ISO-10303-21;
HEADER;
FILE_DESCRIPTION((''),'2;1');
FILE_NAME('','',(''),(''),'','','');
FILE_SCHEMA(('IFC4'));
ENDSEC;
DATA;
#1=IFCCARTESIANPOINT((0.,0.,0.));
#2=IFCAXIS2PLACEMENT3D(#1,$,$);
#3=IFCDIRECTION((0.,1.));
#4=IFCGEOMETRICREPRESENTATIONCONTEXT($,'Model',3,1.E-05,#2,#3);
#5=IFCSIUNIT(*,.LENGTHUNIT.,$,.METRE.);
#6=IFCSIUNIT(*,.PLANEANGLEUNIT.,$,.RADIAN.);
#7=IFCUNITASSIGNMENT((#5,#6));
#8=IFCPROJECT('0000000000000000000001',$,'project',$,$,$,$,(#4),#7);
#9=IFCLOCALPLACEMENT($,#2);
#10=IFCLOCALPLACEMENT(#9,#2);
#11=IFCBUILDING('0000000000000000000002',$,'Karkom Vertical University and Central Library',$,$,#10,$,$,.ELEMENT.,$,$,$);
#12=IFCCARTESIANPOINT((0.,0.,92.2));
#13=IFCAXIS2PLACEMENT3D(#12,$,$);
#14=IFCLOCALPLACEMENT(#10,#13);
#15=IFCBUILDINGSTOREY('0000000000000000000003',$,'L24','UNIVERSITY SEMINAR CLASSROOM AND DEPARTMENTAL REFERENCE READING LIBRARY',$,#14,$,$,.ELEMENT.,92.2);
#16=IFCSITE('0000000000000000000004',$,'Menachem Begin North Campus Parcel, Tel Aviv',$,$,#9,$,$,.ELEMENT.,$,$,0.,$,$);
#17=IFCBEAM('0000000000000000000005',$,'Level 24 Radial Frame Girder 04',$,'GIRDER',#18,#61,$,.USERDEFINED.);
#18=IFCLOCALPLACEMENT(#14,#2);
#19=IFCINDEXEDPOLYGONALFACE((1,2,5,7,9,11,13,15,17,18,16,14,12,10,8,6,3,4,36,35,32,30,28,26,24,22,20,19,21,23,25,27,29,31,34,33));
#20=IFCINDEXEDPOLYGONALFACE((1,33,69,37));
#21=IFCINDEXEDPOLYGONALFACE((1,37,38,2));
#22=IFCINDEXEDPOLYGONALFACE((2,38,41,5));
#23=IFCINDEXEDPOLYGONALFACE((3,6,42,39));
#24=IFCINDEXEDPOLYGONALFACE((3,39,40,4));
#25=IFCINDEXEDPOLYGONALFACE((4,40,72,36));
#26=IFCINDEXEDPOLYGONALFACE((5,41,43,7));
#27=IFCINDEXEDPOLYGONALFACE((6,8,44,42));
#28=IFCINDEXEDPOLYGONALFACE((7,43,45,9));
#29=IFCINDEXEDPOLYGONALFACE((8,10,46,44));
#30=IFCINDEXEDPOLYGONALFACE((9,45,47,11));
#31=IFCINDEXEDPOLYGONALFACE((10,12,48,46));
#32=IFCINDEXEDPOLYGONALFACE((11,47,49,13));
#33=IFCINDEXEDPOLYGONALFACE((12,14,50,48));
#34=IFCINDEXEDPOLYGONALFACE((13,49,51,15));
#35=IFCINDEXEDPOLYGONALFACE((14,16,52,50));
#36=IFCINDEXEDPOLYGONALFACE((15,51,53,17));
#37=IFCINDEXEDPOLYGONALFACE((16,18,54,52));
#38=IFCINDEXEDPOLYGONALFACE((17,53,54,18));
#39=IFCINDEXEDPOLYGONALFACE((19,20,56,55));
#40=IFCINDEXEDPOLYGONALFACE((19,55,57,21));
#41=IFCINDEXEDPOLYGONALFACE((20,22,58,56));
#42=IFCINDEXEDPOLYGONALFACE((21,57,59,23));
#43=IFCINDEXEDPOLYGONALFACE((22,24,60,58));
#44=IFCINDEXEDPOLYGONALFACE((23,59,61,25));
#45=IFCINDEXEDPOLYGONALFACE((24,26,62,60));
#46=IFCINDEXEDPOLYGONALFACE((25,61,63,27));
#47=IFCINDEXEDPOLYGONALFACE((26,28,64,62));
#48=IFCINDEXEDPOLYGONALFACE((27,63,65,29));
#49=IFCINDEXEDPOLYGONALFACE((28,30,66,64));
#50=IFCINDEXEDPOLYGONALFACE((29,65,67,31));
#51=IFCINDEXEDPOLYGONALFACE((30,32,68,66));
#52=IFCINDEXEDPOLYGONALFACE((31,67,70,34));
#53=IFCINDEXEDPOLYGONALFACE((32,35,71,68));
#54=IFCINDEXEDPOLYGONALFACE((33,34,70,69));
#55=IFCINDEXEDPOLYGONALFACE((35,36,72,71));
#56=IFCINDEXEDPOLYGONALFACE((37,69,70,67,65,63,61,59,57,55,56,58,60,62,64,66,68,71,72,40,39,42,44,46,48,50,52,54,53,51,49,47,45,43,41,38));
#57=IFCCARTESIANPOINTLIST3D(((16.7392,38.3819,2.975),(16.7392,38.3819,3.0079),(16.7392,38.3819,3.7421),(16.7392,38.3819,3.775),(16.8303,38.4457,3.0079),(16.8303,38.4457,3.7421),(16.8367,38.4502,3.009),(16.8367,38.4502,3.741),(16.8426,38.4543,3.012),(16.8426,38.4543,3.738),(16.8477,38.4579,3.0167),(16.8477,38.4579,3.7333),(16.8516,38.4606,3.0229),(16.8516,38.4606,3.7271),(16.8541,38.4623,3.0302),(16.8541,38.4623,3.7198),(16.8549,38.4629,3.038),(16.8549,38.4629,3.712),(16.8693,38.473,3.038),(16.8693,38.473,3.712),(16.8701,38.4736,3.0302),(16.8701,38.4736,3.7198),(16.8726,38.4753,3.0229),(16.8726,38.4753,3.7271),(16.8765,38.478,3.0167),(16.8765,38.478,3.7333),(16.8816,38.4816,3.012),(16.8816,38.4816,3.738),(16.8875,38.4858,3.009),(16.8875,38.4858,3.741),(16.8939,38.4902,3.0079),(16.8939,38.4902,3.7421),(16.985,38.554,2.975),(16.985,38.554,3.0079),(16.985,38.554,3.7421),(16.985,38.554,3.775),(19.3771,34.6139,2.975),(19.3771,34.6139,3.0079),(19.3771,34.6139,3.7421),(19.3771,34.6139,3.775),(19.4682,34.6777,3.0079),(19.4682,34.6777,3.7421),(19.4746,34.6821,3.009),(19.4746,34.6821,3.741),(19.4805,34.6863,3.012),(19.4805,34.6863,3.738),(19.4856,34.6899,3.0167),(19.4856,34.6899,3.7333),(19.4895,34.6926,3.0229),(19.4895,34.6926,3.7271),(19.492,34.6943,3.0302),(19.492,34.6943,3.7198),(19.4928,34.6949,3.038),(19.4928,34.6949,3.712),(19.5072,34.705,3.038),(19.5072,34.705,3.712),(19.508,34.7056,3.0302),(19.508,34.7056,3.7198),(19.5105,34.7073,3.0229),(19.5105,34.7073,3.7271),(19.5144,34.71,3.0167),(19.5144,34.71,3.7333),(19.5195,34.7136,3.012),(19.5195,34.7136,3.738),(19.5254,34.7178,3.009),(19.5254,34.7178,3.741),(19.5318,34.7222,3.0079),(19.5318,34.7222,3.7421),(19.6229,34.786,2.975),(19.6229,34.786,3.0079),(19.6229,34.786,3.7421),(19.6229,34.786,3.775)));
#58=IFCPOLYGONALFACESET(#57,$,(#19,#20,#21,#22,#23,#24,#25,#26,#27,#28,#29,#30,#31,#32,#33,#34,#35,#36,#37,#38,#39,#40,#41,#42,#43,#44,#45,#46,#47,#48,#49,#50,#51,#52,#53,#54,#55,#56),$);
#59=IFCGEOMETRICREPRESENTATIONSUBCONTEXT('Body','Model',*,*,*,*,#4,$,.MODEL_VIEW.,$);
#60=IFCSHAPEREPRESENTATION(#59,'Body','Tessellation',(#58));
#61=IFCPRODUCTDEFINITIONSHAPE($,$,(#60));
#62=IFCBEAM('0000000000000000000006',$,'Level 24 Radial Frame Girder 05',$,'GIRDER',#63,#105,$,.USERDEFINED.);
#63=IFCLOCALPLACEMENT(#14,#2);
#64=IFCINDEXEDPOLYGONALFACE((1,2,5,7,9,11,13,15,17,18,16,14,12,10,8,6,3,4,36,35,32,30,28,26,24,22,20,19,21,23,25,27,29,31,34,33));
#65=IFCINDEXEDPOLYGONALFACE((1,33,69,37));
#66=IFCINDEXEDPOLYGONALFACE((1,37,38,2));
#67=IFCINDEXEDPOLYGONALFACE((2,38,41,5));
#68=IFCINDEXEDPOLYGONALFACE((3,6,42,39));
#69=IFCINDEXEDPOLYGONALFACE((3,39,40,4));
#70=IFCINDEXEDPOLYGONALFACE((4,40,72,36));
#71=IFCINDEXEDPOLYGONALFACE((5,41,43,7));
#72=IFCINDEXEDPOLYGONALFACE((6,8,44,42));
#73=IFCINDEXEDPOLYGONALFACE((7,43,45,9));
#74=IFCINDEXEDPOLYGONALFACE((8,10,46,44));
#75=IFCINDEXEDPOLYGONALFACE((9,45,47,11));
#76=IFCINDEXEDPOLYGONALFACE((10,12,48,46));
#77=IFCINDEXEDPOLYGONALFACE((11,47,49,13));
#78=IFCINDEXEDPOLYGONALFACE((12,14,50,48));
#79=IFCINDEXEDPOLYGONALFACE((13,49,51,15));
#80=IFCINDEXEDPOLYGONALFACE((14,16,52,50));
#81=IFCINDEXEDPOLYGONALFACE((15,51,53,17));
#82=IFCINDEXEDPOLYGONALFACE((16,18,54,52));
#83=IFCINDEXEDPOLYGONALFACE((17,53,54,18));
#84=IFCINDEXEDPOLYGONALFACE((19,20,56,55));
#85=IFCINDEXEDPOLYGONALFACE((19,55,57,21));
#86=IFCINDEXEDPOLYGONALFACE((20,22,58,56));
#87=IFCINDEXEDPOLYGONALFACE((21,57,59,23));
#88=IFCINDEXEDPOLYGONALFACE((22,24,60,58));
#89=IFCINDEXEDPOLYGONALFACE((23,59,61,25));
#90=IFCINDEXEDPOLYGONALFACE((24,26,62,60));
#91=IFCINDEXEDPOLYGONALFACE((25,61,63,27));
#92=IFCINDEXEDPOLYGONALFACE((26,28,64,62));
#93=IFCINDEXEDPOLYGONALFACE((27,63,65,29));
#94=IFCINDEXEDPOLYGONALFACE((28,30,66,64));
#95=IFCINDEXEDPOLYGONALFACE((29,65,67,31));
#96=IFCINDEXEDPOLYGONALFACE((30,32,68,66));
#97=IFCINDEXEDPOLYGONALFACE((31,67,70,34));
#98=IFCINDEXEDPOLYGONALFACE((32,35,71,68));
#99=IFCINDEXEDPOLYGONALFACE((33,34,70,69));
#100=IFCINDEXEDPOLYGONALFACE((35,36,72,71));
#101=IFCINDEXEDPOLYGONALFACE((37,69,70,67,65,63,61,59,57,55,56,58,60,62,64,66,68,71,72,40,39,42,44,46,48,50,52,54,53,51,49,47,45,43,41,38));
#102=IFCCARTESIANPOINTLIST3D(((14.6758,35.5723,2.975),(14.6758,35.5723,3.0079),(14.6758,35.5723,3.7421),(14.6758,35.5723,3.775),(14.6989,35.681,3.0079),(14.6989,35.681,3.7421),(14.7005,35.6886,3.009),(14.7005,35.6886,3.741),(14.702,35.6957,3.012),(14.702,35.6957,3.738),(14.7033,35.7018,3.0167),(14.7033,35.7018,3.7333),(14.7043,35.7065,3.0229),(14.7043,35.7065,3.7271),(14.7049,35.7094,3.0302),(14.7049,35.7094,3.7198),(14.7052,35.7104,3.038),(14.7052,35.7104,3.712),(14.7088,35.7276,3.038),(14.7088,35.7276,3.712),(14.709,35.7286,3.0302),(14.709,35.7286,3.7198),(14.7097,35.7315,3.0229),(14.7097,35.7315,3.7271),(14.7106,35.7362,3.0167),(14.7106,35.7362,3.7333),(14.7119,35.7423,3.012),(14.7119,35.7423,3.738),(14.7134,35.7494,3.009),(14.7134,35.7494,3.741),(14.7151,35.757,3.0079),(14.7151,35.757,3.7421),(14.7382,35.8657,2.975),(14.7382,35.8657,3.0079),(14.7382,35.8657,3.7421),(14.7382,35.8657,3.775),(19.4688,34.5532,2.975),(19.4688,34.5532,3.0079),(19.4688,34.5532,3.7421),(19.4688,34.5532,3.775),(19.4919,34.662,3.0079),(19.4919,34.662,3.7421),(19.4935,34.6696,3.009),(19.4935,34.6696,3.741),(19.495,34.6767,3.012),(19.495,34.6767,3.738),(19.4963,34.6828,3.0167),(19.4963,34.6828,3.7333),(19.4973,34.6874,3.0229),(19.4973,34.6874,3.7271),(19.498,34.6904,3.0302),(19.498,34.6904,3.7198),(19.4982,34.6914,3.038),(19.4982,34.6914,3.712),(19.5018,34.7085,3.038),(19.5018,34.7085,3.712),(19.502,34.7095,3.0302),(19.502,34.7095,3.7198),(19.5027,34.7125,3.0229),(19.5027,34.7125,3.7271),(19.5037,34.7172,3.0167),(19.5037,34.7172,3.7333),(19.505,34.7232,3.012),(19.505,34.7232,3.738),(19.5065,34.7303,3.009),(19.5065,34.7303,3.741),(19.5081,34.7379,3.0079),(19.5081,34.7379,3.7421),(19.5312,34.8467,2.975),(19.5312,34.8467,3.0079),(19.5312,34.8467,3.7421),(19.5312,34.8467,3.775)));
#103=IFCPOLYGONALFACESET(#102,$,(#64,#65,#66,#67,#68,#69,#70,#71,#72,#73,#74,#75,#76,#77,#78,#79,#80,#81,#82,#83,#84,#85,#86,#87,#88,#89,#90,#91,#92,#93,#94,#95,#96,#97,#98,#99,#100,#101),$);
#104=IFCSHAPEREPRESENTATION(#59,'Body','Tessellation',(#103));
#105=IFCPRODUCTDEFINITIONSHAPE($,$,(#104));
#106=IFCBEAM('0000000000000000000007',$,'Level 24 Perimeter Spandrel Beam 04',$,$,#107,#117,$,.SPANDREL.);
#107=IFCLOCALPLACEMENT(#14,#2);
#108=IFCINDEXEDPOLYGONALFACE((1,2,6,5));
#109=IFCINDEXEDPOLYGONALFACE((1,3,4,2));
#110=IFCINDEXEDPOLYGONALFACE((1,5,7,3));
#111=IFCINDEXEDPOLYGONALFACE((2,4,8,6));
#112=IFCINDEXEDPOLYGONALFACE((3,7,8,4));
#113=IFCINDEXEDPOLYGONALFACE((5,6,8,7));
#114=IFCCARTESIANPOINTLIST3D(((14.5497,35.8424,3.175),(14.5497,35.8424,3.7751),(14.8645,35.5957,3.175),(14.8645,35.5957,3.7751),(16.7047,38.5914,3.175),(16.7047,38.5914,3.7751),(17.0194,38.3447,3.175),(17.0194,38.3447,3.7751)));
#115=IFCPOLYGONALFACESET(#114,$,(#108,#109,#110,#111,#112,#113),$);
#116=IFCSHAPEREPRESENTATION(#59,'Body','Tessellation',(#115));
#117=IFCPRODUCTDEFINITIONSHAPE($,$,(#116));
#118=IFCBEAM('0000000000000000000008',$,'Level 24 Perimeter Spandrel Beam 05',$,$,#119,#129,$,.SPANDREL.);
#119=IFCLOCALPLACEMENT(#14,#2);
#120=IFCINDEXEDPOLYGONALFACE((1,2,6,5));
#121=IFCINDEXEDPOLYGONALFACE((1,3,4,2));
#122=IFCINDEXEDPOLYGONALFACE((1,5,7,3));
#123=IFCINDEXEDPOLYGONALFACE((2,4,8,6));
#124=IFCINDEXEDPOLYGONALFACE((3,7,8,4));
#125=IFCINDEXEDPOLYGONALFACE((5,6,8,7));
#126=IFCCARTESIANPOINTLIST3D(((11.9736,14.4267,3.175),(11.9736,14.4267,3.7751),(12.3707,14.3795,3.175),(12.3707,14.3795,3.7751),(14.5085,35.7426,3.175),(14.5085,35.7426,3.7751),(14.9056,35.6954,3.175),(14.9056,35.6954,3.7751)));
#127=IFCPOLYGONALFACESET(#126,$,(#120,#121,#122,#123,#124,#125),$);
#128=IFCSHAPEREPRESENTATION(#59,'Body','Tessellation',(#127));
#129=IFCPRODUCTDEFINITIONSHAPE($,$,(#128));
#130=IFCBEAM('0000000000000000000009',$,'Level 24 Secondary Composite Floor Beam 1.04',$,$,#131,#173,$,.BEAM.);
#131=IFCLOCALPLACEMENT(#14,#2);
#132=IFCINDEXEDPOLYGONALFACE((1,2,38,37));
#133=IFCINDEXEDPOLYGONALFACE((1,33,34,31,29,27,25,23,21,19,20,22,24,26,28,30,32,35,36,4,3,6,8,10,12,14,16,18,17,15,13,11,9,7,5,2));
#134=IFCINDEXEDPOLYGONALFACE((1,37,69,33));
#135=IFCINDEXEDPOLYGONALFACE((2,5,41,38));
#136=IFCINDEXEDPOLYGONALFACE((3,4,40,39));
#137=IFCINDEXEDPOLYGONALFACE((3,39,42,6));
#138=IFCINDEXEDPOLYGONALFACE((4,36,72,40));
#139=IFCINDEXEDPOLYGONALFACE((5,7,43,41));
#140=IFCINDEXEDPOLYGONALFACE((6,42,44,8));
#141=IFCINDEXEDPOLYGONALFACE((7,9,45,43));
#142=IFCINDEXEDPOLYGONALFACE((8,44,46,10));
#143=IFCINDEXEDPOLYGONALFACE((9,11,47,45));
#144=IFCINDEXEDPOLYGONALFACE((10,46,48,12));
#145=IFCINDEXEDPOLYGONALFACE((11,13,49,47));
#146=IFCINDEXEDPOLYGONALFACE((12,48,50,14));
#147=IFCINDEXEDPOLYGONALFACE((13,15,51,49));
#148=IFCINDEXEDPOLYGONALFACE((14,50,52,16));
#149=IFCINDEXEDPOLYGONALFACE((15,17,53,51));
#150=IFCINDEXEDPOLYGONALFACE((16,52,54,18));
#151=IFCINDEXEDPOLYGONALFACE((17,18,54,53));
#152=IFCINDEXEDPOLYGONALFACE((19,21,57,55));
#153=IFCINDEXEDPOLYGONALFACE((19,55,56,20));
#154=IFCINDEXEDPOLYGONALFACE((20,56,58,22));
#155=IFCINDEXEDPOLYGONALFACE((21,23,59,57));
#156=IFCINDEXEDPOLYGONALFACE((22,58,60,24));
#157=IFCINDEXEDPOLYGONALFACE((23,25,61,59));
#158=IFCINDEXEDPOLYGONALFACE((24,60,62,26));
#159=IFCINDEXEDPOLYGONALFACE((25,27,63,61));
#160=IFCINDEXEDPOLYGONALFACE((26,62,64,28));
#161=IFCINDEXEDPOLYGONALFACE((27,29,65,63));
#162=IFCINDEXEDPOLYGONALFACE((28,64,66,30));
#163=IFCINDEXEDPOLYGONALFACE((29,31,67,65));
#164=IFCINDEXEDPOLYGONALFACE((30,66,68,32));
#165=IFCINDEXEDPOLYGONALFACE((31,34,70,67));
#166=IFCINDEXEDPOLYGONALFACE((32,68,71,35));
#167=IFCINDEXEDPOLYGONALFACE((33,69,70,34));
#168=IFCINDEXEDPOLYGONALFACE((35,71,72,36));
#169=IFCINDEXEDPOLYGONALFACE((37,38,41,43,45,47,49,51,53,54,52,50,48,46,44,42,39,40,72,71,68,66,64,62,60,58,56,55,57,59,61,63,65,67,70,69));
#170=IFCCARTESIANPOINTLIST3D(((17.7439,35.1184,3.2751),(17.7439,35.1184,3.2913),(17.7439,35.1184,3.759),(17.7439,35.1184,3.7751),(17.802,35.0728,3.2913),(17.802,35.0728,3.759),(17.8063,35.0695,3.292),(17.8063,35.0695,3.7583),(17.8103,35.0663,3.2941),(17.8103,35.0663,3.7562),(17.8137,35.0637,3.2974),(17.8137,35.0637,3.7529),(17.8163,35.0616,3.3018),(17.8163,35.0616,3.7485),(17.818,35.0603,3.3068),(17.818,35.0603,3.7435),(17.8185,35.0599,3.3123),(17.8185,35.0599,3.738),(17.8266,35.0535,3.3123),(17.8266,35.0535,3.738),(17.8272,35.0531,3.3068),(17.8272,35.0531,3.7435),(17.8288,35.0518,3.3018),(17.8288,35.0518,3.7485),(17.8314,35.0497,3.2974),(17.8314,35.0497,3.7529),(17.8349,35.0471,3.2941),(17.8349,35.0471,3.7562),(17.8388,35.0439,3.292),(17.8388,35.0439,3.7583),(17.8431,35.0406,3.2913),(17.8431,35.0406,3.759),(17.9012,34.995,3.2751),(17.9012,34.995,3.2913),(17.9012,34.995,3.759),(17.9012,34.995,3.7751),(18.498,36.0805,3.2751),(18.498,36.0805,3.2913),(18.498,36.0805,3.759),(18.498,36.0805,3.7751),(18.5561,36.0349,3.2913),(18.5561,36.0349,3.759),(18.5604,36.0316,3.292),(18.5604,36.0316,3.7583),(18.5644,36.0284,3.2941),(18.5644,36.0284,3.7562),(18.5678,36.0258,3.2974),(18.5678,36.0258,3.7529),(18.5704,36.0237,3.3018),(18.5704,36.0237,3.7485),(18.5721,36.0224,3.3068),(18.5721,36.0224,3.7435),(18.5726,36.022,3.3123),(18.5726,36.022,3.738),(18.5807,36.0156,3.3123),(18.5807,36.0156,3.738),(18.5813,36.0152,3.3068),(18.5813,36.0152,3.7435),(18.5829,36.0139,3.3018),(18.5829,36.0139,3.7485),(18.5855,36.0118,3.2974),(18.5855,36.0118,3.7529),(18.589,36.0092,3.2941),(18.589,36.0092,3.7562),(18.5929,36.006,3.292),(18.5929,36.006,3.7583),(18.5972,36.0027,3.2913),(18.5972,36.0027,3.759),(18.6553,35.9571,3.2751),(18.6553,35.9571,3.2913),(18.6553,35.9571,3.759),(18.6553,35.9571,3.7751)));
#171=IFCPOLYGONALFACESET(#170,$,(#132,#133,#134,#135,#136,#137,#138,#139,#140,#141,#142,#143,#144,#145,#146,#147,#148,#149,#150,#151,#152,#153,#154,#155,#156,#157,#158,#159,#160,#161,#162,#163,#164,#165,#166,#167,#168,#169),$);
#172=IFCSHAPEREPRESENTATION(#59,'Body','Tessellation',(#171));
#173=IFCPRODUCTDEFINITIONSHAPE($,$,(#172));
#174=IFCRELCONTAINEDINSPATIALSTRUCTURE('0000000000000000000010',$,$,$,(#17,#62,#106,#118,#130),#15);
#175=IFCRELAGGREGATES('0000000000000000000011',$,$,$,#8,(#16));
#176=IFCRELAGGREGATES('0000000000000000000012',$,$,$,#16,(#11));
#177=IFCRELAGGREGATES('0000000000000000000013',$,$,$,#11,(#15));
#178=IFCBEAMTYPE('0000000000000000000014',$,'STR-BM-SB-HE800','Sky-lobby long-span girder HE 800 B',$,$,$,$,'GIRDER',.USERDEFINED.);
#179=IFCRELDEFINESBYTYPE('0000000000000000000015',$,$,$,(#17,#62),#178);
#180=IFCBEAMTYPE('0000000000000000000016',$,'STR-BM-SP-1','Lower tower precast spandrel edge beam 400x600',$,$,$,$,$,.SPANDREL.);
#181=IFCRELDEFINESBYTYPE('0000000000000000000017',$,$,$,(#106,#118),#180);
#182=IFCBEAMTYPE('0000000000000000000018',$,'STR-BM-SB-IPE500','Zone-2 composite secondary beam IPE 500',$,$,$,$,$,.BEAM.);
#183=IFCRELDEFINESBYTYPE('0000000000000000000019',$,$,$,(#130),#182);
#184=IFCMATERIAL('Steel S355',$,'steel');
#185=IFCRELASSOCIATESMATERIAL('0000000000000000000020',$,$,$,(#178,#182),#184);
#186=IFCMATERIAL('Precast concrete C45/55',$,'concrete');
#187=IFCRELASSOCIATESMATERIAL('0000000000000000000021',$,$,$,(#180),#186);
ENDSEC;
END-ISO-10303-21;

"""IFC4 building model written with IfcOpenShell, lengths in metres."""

from ifc_helpers import new_model, si_unit, direction, frame, origin, origin_with_axes, origin_2d, place, context, subcontext, project, spatial, rectangle, i_section, extrude, source, transform, mapped, material, material_profile, profile_set, type_object, element, save


model = new_model("IFC4")

# Units and contexts
model_context = context("Model", 3, precision=1e-05, world=origin(), true_north=direction((0.0, 1.0)))
body_context = subcontext(model_context, "Body", "Model", "MODEL_VIEW")
ifc_project = project(units=[si_unit("LENGTHUNIT", "METRE"), si_unit("PLANEANGLEUNIT", "RADIAN")], contexts=[model_context])

# Site, building, storey
site_placement = place(None, origin())
site = spatial("IfcSite", under=ifc_project, at=site_placement, Name="Menachem Begin North Campus Parcel, Tel Aviv", CompositionType="ELEMENT", RefElevation=0.0)
building_placement = place(site_placement, origin())
building = spatial("IfcBuilding", under=site, at=building_placement, Name="Karkom Vertical University and Central Library", CompositionType="ELEMENT")
storey_placement = place(building_placement, frame((0.0, 0.0, 92.2)))
storey = spatial("IfcBuildingStorey", under=building, at=storey_placement, Name="L24", Description="UNIVERSITY SEMINAR CLASSROOM AND DEPARTMENTAL REFERENCE READING LIBRARY", CompositionType="ELEMENT", Elevation=92.2)

# Beams
ifc_material_1 = material(Name="Steel S355", Category="steel")
ifc_material_profile_1 = material_profile(ifc_material_1, i_section(OverallWidth=0.3, OverallDepth=0.8, WebThickness=0.0176, FlangeThickness=0.033, FilletRadius=0.03, at=origin_2d()), Name="HE 800 B")
ifc_profile_set_1 = profile_set([ifc_material_profile_1], Name="Steel S355")
beam_type_1 = type_object("IfcBeamType", Name="STR-BM-SB-HE800", Description="Sky-lobby long-span girder HE 800 B", ElementType="GIRDER", PredefinedType="USERDEFINED", material=ifc_profile_set_1)
shared_shape_1 = source(origin_with_axes(), body_context, "Body", "SweptSolid", [
    extrude(i_section(OverallWidth=0.3, OverallDepth=0.8, WebThickness=0.0176, FlangeThickness=0.033, FilletRadius=0.03, at=origin_2d()), origin(), (0.0, 0.0, 1.0), 4.5996),
])
beam_1_placement = place(storey_placement, frame((19.5, 34.7, 3.375), z_axis=(-0.573505, 0.819202, 0.0), x_axis=(-0.819202, -0.573505, 0.0)))
element("IfcBeam", 1, at=beam_1_placement, inside=storey, type_object=beam_type_1, Name="Level 24 Radial Frame Girder 04", ObjectType="GIRDER", PredefinedType="USERDEFINED", context=body_context, shape_type="MappedRepresentation", body=[
    mapped(shared_shape_1, transform((0.0, 0.0, 0.0), scale=1.0)),
])
shared_shape_2 = source(origin_with_axes(), body_context, "Body", "SweptSolid", [
    extrude(i_section(OverallWidth=0.3, OverallDepth=0.8, WebThickness=0.0176, FlangeThickness=0.033, FilletRadius=0.03, at=origin_2d()), origin(), (0.0, 0.0, 1.0), 4.9001),
])
beam_2_placement = place(storey_placement, frame((19.5, 34.7, 3.375), z_axis=(-0.978137, 0.207964, 0.0), x_axis=(-0.207964, -0.978137, 0.0)))
element("IfcBeam", 2, at=beam_2_placement, inside=storey, type_object=beam_type_1, Name="Level 24 Radial Frame Girder 05", ObjectType="GIRDER", PredefinedType="USERDEFINED", context=body_context, shape_type="MappedRepresentation", body=[
    mapped(shared_shape_2, transform((0.0, 0.0, 0.0), scale=1.0)),
])
ifc_material_2 = material(Name="Precast concrete C45/55", Category="concrete")
ifc_material_profile_2 = material_profile(ifc_material_2, rectangle(XDim=0.3999, YDim=0.6001, at=origin_2d()), Name="SPB-400x600")
ifc_profile_set_2 = profile_set([ifc_material_profile_2], Name="Precast concrete C45/55")
beam_type_2 = type_object("IfcBeamType", Name="STR-BM-SP-1", Description="Lower tower precast spandrel edge beam 400x600", PredefinedType="SPANDREL", material=ifc_profile_set_2)
shared_shape_3 = source(origin_with_axes(), body_context, "Body", "SweptSolid", [
    extrude(rectangle(XDim=0.3999, YDim=0.6001, at=origin_2d()), origin(), (0.0, 0.0, 1.0), 3.4929),
])
beam_3_placement = place(storey_placement, frame((16.8621, 38.468, 3.4751), z_axis=(-0.616951, -0.787002, 0.0), x_axis=(0.787002, -0.616951, 0.0)))
element("IfcBeam", 3, at=beam_3_placement, inside=storey, type_object=beam_type_2, Name="Level 24 Perimeter Spandrel Beam 04", PredefinedType="SPANDREL", context=body_context, shape_type="MappedRepresentation", body=[
    mapped(shared_shape_3, transform((0.0, 0.0, 0.0), scale=1.0)),
])
shared_shape_4 = source(origin_with_axes(), body_context, "Body", "SweptSolid", [
    extrude(rectangle(XDim=0.3999, YDim=0.6001, at=origin_2d()), origin(), (0.0, 0.0, 1.0), 21.4661),
])
beam_4_placement = place(storey_placement, frame((14.707, 35.719, 3.4751), z_axis=(-0.118089, -0.993003, 0.0), x_axis=(0.993003, -0.118089, 0.0)))
element("IfcBeam", 4, at=beam_4_placement, inside=storey, type_object=beam_type_2, Name="Level 24 Perimeter Spandrel Beam 05", PredefinedType="SPANDREL", context=body_context, shape_type="MappedRepresentation", body=[
    mapped(shared_shape_4, transform((0.0, 0.0, 0.0), scale=1.0)),
])
ifc_material_profile_3 = material_profile(ifc_material_1, i_section(OverallWidth=0.2, OverallDepth=0.5, WebThickness=0.0103, FlangeThickness=0.0161, FilletRadius=0.021, at=origin_2d()), Name="IPE 500")
ifc_profile_set_3 = profile_set([ifc_material_profile_3], Name="Steel S355")
beam_type_3 = type_object("IfcBeamType", Name="STR-BM-SB-IPE500", Description="Zone-2 composite secondary beam IPE 500", PredefinedType="BEAM", material=ifc_profile_set_3)
shared_shape_5 = source(origin_with_axes(), body_context, "Body", "SweptSolid", [
    extrude(i_section(OverallWidth=0.2, OverallDepth=0.5, WebThickness=0.0103, FlangeThickness=0.0161, FilletRadius=0.021, at=origin_2d()), origin(), (0.0, 0.0, 1.0), 1.2224),
])
beam_5_placement = place(storey_placement, frame((18.5767, 36.0188, 3.5251), z_axis=(-0.616895, -0.787045, 0.0), x_axis=(0.787045, -0.616895, 0.0)))
element("IfcBeam", 5, at=beam_5_placement, inside=storey, type_object=beam_type_3, Name="Level 24 Secondary Composite Floor Beam 1.04", PredefinedType="BEAM", context=body_context, shape_type="MappedRepresentation", body=[
    mapped(shared_shape_5, transform((0.0, 0.0, 0.0), scale=1.0)),
])

save(model, "model.ifc")
